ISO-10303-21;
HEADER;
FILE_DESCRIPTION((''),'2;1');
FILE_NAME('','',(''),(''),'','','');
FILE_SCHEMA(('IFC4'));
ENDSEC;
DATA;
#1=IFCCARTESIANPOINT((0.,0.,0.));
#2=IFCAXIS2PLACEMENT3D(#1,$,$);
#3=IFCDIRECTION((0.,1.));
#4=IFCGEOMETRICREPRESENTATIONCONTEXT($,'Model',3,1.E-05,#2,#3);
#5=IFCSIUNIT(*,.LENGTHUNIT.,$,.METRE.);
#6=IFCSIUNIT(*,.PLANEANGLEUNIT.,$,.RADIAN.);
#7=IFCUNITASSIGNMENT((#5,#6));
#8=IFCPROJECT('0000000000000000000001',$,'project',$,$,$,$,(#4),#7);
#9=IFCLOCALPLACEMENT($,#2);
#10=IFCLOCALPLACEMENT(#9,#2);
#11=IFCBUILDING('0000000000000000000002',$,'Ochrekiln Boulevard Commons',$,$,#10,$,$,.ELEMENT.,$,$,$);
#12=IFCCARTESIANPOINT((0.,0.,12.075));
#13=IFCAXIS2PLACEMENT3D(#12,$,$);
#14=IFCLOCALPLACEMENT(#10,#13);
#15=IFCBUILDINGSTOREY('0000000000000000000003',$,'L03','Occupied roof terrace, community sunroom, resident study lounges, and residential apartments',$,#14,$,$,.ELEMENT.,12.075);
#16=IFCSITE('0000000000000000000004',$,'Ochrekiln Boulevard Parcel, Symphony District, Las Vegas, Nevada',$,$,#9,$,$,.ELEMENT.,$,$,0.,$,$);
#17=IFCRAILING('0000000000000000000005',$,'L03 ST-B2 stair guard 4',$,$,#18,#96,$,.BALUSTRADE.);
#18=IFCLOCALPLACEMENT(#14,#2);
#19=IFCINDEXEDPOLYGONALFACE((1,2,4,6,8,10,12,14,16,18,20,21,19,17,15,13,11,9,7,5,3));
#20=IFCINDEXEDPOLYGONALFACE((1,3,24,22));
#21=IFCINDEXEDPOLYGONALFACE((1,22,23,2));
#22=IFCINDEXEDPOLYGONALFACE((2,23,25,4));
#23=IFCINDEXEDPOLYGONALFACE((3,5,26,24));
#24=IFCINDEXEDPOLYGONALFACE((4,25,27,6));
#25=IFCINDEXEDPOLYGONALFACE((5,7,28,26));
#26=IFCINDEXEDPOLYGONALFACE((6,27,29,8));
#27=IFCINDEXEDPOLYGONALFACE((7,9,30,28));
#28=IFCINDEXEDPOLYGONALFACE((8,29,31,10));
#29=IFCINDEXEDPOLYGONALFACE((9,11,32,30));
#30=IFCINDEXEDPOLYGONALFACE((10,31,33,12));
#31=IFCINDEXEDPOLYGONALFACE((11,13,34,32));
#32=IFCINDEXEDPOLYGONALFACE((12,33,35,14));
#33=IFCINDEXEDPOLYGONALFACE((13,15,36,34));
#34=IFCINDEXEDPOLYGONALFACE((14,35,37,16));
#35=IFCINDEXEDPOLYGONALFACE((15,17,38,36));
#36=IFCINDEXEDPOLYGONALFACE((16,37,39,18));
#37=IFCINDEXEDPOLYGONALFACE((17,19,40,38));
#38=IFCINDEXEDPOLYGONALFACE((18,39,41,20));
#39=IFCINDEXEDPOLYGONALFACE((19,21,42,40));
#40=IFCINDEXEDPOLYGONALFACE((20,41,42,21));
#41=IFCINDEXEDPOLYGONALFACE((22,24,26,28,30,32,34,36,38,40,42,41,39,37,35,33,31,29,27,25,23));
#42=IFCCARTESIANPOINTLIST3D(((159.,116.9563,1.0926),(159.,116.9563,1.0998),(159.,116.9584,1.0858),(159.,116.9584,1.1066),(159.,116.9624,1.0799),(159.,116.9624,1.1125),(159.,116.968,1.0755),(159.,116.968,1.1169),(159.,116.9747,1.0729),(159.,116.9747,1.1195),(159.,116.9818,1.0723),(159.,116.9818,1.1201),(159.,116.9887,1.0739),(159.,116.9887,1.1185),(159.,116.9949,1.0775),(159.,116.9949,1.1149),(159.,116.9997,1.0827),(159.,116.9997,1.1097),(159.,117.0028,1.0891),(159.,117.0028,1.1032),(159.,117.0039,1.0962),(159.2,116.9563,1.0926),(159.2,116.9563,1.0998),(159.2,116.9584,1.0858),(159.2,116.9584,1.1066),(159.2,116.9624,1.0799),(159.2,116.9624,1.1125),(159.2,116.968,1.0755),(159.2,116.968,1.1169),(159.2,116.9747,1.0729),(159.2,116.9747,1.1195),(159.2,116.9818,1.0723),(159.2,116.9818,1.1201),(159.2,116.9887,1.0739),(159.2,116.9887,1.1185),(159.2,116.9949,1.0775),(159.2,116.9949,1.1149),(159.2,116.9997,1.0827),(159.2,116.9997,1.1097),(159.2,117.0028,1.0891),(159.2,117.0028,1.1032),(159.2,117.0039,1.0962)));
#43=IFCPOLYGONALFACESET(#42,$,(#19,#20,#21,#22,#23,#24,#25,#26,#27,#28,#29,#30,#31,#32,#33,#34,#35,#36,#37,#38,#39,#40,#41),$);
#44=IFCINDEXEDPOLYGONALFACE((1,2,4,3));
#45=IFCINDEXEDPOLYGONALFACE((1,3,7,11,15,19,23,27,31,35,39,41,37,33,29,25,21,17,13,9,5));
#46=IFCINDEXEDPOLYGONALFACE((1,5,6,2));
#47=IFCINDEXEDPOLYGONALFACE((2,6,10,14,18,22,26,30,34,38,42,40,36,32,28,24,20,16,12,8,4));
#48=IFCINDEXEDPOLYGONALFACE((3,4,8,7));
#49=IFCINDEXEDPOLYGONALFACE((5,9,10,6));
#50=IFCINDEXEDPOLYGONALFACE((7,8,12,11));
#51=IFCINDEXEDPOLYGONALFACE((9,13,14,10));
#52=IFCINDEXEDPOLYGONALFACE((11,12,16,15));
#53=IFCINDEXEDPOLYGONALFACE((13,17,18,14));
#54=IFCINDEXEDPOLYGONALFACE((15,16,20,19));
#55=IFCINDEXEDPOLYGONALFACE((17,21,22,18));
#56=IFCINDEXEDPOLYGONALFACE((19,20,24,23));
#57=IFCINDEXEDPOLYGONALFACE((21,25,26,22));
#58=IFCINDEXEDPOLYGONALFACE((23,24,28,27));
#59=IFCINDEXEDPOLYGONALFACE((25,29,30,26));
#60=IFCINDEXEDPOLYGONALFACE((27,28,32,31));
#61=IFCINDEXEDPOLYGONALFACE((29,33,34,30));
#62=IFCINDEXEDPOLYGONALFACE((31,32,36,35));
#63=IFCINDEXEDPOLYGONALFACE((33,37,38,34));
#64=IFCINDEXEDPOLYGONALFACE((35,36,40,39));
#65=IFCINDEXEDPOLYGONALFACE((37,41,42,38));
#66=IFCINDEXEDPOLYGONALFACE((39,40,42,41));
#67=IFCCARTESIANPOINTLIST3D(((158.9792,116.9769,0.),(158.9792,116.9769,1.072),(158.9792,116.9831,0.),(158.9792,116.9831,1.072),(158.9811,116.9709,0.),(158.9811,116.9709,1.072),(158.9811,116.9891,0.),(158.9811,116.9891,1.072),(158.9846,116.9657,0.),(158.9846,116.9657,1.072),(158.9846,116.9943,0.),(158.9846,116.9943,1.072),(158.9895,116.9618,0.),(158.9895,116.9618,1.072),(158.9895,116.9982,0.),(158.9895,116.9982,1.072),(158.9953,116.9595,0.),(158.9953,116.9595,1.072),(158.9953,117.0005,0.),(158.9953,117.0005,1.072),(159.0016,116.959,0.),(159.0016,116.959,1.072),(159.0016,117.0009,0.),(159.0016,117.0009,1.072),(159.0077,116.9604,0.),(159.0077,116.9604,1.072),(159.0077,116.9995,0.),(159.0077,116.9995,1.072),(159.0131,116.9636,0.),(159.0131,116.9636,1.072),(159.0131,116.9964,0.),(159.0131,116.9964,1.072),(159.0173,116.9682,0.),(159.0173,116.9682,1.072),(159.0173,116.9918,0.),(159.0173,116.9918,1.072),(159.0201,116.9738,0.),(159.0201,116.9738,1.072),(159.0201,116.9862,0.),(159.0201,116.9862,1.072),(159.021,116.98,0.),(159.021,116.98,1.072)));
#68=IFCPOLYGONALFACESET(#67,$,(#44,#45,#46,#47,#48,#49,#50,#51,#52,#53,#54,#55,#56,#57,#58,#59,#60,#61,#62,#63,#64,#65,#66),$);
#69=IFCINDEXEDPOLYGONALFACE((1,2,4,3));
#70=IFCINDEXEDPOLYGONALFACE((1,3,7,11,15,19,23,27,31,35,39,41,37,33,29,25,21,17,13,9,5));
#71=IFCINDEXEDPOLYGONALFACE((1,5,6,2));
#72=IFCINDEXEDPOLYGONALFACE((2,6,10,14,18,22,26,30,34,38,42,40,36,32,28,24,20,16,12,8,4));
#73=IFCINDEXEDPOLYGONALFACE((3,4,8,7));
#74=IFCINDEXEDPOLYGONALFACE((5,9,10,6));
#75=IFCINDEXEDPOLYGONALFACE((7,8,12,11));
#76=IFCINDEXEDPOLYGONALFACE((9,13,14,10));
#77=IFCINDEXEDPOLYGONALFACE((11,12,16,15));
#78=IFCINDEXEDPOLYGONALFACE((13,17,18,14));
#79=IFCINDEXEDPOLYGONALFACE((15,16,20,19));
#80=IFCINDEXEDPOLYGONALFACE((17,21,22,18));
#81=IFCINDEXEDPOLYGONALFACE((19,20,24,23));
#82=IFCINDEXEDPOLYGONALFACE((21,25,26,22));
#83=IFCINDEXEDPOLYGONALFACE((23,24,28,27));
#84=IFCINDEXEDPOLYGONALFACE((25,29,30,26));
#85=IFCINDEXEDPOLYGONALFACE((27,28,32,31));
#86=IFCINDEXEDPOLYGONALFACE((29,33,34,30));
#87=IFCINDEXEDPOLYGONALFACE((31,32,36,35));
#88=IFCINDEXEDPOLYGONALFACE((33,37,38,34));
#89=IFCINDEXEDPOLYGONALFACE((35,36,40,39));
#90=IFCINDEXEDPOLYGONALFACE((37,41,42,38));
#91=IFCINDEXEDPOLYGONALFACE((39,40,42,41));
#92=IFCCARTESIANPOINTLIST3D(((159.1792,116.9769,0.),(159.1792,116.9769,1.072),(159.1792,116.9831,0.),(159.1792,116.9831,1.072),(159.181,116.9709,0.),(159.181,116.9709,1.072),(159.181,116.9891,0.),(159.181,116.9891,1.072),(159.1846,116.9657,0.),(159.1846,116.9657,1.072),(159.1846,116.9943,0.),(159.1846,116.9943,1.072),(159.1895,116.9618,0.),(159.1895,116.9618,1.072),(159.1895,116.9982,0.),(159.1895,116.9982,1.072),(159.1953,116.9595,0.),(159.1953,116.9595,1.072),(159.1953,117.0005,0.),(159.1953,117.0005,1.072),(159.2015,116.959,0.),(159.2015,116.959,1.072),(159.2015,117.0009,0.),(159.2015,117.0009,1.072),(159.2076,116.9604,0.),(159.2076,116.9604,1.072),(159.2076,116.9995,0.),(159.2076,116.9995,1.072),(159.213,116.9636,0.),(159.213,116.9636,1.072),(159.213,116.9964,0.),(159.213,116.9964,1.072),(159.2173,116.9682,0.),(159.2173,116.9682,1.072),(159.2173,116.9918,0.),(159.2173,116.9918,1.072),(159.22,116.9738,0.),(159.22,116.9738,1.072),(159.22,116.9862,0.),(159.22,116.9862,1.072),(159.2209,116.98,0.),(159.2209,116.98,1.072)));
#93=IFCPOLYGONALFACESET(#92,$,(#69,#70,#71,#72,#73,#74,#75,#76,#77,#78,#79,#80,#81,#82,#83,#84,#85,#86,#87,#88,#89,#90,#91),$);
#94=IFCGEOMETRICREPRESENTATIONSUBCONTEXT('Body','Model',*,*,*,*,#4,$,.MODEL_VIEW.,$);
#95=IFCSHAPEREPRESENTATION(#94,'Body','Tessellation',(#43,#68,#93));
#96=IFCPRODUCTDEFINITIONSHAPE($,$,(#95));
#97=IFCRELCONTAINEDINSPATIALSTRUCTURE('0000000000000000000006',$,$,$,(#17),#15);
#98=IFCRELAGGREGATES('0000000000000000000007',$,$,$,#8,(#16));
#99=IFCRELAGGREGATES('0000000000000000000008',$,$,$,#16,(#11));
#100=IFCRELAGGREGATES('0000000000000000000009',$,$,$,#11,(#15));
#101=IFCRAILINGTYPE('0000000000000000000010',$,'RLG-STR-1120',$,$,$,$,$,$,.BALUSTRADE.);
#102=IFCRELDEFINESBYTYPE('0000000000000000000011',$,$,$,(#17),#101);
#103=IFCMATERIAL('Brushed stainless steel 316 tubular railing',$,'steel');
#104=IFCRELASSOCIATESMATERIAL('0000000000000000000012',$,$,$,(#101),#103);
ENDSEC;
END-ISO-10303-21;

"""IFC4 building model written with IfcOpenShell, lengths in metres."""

from ifc_helpers import new_model, si_unit, direction, frame, origin, origin_2d, place, context, subcontext, project, spatial, circle, extrude, material, type_object, element, save


model = new_model("IFC4")

# Units and contexts
model_context = context("Model", 3, precision=1e-05, world=origin(), true_north=direction((0.0, 1.0)))
body_context = subcontext(model_context, "Body", "Model", "MODEL_VIEW")
ifc_project = project(units=[si_unit("LENGTHUNIT", "METRE"), si_unit("PLANEANGLEUNIT", "RADIAN")], contexts=[model_context])

# Site, building, storey
site_placement = place(None, origin())
site = spatial("IfcSite", under=ifc_project, at=site_placement, Name="Ochrekiln Boulevard Parcel, Symphony District, Las Vegas, Nevada", CompositionType="ELEMENT", RefElevation=0.0)
building_placement = place(site_placement, origin())
building = spatial("IfcBuilding", under=site, at=building_placement, Name="Ochrekiln Boulevard Commons", CompositionType="ELEMENT")
storey_placement = place(building_placement, frame((0.0, 0.0, 12.075)))
storey = spatial("IfcBuildingStorey", under=building, at=storey_placement, Name="L03", Description="Occupied roof terrace, community sunroom, resident study lounges, and residential apartments", CompositionType="ELEMENT", Elevation=12.075)

# Railing
ifc_material_1 = material(Name="Brushed stainless steel 316 tubular railing", Category="steel")
railing_type_1 = type_object("IfcRailingType", Name="RLG-STR-1120", PredefinedType="BALUSTRADE", material=ifc_material_1)
railing_1_placement = place(storey_placement, frame((159.0, 116.98, 0.0)))
element("IfcRailing", 1, at=railing_1_placement, inside=storey, type_object=railing_type_1, Name="L03 ST-B2 stair guard 4", PredefinedType="BALUSTRADE", context=body_context, shape_type="SweptSolid", body=[
    extrude(circle(Radius=0.0239, at=origin_2d()), frame((0.0, 0.0, 1.0962), z_axis=(1.0, 0.0, 0.0), x_axis=(0.0, 1.0, 0.0)), (0.0, 0.0, 1.0), 0.2),
    extrude(circle(Radius=0.021, at=origin_2d()), origin(), (0.0, 0.0, 1.0), 1.072),
    extrude(circle(Radius=0.021, at=origin_2d()), frame((0.2, 0.0, 0.0)), (0.0, 0.0, 1.0), 1.072),
])

save(model, "model.ifc")
